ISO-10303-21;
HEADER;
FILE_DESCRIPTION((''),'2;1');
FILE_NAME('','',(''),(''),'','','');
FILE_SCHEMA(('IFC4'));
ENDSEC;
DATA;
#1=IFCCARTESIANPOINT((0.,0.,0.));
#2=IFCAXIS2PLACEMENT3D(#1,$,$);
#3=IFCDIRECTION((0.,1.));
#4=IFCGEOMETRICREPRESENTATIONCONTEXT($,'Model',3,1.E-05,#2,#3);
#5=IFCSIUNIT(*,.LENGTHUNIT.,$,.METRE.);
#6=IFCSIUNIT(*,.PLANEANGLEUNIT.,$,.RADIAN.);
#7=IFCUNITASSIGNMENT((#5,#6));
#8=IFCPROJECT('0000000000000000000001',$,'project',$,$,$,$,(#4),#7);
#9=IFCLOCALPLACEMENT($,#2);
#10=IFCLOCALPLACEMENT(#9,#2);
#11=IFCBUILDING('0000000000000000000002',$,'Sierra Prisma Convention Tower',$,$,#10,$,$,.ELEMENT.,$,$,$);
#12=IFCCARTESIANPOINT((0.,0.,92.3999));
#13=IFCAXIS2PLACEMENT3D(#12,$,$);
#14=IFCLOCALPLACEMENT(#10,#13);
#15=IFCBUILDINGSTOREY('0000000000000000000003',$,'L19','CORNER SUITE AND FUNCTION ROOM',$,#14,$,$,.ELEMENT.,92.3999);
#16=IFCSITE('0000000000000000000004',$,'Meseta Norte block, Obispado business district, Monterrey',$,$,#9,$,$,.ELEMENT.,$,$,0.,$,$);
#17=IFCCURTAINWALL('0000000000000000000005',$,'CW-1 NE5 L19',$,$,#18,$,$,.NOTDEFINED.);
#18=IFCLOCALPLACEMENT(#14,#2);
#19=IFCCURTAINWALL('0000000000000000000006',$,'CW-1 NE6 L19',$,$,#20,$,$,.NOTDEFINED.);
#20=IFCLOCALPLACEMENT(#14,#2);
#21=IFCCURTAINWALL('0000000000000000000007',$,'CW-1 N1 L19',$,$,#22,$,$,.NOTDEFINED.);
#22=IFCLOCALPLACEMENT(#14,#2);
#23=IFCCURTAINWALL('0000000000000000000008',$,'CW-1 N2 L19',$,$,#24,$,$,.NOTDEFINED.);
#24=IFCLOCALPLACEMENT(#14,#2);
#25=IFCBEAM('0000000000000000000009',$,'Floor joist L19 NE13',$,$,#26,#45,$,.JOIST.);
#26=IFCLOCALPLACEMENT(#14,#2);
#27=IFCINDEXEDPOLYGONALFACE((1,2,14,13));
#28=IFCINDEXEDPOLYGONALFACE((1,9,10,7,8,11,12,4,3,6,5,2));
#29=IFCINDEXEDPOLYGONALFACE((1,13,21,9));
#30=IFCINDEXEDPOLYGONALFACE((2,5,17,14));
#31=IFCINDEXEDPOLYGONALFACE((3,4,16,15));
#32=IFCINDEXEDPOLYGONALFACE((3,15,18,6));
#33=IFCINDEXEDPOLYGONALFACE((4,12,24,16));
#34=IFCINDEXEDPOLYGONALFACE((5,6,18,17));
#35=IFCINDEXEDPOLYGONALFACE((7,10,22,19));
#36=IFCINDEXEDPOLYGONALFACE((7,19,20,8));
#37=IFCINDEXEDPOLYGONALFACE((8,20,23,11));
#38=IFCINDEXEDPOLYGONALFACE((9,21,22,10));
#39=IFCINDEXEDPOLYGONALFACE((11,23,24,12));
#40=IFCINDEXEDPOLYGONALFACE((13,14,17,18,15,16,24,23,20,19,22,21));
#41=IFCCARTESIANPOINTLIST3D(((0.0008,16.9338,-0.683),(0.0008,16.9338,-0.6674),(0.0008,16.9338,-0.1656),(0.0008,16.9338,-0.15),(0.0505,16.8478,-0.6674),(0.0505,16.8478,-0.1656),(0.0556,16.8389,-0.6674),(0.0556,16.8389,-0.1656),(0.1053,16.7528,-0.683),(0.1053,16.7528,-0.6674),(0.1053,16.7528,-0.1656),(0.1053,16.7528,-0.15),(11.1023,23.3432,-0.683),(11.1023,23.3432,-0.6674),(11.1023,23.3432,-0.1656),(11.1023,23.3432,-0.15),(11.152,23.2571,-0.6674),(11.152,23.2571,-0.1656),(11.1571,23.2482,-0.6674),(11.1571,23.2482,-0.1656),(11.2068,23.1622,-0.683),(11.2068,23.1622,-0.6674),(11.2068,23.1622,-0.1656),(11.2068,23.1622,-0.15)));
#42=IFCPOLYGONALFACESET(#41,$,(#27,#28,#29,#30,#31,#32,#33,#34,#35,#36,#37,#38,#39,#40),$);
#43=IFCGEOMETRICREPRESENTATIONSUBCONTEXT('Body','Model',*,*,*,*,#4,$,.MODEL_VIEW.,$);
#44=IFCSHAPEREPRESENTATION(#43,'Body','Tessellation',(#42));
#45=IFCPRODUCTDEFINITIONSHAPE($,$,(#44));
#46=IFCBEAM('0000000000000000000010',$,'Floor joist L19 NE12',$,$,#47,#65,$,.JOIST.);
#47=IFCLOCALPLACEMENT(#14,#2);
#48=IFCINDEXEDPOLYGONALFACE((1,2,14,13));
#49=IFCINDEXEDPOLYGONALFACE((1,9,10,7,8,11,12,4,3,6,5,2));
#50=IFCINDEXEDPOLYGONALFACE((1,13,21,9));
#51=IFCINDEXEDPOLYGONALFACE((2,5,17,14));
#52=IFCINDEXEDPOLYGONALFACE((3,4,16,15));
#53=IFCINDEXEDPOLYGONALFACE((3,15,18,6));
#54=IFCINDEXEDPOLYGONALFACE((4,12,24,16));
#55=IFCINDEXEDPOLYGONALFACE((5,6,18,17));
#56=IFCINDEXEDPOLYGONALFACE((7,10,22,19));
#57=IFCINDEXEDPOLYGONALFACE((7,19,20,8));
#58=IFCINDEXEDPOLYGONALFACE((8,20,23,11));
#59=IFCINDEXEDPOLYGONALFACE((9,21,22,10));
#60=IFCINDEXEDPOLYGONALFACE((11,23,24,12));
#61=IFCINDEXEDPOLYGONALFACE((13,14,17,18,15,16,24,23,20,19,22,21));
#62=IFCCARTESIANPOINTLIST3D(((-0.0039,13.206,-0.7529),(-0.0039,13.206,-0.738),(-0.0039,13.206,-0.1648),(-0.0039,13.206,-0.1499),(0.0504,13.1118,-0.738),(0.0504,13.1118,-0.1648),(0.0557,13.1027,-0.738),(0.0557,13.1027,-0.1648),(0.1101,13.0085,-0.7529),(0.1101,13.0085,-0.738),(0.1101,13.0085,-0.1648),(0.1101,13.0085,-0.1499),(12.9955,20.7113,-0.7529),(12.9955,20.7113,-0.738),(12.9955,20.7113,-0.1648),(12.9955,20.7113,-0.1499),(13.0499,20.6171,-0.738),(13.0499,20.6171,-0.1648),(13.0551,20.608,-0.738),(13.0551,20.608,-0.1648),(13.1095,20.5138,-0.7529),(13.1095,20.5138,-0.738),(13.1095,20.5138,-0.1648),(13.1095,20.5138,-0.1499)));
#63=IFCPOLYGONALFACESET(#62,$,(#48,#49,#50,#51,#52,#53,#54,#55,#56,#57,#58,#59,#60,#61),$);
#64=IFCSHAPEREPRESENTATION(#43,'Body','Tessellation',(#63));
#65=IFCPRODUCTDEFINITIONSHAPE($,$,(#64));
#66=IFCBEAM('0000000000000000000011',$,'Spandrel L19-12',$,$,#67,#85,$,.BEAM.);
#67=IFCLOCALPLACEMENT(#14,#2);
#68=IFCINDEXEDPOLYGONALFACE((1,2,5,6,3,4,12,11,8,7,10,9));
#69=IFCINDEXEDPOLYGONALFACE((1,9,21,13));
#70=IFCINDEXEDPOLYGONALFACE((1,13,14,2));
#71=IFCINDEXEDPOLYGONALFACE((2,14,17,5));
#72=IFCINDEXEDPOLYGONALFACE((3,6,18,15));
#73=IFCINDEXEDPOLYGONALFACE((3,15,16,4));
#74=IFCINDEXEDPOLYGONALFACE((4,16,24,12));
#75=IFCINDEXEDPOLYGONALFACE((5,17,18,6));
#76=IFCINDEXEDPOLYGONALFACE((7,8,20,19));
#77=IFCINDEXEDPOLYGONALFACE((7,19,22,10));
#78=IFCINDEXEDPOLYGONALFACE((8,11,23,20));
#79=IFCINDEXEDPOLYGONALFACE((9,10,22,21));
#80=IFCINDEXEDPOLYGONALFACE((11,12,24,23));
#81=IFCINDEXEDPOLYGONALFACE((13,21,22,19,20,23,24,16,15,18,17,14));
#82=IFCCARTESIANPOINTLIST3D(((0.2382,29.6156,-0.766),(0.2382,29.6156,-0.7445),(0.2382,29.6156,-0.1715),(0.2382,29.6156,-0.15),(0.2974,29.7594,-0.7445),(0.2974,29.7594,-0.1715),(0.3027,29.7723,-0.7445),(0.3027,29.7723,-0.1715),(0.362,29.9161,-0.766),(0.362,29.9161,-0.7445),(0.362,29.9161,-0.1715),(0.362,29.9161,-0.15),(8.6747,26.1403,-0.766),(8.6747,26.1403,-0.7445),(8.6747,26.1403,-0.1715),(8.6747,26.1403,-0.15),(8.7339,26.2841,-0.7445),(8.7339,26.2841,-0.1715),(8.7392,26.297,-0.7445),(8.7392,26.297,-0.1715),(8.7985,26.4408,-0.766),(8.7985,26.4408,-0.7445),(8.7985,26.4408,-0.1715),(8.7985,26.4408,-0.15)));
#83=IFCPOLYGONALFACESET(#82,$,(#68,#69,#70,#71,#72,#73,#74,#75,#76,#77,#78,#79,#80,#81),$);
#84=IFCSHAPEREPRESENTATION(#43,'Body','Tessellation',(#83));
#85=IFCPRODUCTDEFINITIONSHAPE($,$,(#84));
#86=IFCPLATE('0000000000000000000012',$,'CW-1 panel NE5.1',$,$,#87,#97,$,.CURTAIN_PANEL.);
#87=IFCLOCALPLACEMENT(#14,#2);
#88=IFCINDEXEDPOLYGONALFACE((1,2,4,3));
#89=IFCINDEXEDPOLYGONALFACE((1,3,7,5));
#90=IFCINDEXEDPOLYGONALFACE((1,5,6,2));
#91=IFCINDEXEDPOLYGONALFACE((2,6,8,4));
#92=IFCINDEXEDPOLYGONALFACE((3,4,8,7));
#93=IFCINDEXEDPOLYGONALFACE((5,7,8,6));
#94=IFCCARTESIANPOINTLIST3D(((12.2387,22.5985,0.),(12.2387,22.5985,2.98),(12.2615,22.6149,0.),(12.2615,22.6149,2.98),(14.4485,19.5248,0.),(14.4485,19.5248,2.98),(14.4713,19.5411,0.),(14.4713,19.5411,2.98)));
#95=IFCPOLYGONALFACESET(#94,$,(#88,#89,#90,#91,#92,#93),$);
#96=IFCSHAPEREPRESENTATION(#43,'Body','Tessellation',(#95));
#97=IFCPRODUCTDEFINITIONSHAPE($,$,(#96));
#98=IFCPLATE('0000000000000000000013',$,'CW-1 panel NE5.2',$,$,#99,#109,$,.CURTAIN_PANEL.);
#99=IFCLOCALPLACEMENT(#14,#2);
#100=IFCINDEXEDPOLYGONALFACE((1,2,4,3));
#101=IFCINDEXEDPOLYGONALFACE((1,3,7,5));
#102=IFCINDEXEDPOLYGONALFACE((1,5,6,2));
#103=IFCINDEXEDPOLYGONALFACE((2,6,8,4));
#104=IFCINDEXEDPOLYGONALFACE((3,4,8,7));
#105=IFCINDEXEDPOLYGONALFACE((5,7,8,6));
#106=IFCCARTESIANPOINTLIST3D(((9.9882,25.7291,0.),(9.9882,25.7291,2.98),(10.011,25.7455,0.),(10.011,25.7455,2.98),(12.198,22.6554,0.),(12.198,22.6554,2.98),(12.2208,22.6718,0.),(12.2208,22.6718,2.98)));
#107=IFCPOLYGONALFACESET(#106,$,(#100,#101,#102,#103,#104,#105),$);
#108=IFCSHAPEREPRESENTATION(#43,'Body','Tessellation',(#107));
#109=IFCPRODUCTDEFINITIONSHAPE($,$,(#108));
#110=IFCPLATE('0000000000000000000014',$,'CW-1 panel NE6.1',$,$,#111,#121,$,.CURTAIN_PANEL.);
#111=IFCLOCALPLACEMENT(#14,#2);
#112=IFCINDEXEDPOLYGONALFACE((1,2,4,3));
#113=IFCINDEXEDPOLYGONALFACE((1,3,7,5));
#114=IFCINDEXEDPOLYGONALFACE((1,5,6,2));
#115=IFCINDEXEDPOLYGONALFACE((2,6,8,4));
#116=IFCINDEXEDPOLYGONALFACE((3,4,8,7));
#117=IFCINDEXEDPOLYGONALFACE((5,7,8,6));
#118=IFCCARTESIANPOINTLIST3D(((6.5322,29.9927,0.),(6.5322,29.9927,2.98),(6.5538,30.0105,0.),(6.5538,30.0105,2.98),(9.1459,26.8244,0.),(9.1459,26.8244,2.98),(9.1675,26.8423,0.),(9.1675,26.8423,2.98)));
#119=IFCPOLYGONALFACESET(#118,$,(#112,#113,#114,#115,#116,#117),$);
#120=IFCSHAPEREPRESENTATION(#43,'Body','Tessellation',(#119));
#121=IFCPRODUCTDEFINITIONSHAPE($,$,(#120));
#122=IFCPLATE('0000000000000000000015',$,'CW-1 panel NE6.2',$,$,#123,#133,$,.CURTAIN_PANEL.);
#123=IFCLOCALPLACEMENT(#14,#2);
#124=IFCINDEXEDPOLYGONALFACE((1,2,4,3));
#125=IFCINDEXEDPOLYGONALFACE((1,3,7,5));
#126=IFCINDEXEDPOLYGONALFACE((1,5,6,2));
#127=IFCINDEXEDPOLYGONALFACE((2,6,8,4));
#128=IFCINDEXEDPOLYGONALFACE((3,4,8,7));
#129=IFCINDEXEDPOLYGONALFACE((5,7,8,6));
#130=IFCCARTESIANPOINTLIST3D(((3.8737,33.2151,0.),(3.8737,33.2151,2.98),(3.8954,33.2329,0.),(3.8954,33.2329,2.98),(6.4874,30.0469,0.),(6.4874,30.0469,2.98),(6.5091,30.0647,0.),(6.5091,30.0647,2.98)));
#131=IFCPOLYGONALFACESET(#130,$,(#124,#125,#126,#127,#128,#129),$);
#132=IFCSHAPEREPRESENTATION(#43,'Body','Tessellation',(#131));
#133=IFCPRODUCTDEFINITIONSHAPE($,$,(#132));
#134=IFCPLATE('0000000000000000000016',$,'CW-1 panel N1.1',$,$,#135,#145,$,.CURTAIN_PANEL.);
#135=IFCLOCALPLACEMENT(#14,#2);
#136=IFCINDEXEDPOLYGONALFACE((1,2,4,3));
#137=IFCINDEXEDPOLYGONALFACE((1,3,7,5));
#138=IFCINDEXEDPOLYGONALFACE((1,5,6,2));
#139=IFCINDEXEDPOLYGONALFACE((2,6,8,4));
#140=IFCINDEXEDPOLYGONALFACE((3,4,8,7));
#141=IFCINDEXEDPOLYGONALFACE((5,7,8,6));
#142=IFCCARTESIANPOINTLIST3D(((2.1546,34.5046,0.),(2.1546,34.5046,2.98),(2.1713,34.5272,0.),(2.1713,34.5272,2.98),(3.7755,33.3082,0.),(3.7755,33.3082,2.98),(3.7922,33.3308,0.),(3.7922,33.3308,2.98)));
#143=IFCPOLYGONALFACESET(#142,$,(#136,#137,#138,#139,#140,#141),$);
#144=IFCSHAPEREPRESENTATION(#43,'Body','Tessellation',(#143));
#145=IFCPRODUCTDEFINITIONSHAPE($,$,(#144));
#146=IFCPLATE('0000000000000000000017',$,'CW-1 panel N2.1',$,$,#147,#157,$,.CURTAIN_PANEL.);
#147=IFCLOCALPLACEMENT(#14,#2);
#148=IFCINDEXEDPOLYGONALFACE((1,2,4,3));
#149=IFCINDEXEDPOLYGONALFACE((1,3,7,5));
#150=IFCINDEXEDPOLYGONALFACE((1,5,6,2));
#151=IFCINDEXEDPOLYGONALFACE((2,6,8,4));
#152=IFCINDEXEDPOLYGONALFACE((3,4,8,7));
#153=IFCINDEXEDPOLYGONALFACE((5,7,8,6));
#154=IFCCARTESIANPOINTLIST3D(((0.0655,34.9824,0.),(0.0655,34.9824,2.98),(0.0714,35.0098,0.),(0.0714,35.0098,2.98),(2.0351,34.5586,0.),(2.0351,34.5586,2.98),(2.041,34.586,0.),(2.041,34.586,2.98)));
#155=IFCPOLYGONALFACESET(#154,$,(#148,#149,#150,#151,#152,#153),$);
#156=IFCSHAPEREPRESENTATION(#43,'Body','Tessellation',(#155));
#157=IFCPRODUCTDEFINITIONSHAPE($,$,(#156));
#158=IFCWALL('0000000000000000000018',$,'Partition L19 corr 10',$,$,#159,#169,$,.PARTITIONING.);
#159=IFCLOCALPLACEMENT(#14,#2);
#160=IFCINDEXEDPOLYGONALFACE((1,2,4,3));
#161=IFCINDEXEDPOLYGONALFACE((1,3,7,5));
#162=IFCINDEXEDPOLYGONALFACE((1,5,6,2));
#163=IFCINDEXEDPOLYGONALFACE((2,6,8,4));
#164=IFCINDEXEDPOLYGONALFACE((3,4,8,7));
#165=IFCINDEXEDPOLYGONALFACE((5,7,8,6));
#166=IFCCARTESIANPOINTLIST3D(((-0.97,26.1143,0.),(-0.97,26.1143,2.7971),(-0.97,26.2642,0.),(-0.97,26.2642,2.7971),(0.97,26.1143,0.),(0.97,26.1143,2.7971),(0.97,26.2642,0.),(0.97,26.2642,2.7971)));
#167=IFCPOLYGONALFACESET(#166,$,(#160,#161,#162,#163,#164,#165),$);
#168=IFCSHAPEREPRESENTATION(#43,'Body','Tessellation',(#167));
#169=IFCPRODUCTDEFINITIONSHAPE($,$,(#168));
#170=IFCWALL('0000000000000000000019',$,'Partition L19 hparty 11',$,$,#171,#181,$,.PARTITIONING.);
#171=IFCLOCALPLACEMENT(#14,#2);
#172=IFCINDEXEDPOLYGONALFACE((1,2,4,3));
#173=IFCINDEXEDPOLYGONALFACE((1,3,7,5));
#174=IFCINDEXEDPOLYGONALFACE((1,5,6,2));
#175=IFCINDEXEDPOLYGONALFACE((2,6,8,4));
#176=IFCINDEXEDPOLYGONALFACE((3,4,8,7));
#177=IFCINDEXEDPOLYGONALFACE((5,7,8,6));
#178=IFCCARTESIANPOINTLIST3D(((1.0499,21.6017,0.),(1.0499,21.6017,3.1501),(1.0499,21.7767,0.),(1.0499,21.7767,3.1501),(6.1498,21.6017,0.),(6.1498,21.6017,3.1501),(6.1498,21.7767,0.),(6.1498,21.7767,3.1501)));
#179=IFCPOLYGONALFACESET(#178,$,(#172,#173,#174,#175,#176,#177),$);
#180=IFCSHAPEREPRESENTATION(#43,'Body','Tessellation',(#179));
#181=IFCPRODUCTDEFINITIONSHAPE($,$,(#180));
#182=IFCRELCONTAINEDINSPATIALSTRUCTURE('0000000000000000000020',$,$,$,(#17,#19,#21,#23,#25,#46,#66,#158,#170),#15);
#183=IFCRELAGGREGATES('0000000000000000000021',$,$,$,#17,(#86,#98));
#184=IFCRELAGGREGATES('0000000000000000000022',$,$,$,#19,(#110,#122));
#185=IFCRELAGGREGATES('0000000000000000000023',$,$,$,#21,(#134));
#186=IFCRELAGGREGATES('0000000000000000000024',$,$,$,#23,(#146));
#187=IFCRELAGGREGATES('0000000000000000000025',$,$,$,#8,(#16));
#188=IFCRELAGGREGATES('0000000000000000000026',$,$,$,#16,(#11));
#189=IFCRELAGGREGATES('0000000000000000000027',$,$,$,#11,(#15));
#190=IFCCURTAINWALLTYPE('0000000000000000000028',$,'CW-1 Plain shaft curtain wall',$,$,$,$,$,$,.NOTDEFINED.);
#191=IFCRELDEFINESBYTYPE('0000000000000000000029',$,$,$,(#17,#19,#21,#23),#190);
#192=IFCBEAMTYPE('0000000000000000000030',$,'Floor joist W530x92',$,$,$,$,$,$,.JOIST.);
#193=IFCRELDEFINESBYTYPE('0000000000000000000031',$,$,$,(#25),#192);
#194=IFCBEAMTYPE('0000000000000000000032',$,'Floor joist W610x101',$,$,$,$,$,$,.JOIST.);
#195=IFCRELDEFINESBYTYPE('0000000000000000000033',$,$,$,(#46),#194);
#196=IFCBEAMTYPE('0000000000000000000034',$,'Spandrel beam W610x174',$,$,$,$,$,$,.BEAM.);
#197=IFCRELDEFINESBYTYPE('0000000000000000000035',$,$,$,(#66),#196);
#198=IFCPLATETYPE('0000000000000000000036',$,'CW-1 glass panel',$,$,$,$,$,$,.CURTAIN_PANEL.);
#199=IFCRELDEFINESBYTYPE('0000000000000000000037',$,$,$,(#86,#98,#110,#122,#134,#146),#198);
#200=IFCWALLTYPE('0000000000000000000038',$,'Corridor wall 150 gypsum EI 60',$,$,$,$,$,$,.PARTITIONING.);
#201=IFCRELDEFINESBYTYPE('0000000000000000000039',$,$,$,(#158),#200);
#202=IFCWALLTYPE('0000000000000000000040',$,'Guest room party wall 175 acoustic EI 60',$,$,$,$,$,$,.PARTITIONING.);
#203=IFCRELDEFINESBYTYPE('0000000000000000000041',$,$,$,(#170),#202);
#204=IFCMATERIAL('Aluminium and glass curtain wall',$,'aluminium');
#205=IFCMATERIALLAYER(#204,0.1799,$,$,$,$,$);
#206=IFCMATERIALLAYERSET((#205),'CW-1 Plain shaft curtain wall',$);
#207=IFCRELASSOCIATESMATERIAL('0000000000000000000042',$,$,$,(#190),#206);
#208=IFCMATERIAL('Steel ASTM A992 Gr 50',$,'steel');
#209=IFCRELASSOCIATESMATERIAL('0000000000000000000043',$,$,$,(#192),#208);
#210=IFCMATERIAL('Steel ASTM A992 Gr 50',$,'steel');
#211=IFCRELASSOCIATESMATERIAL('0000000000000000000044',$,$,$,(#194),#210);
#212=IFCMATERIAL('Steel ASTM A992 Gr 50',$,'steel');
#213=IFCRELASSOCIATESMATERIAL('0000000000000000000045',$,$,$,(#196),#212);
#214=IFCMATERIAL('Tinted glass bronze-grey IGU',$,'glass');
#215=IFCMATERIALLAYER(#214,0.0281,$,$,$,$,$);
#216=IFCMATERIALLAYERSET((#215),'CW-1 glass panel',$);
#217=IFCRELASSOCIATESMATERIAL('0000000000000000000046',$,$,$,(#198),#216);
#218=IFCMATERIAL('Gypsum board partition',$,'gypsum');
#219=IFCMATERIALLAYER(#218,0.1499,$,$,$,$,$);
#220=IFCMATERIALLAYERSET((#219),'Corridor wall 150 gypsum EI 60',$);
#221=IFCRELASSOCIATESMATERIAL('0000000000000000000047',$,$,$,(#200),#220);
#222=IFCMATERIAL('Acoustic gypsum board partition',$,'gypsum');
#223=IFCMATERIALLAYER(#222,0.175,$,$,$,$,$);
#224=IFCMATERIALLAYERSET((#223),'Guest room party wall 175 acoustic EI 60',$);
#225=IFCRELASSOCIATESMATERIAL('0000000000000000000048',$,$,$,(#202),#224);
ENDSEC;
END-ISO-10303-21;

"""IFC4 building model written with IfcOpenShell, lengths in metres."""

from ifc_helpers import new_model, si_unit, direction, frame, frame_2d, origin, origin_2d, place, context, subcontext, project, spatial, rectangle, i_section, extrude, material, layer, layer_set, material_profile, profile_set, type_object, element, aggregate, save


model = new_model("IFC4")

# Units and contexts
model_context = context("Model", 3, precision=1e-05, world=origin(), true_north=direction((0.0, 1.0)))
body_context = subcontext(model_context, "Body", "Model", "MODEL_VIEW")
ifc_project = project(units=[si_unit("LENGTHUNIT", "METRE"), si_unit("PLANEANGLEUNIT", "RADIAN")], contexts=[model_context])

# Site, building, storey
site_placement = place(None, origin())
site = spatial("IfcSite", under=ifc_project, at=site_placement, Name="Meseta Norte block, Obispado business district, Monterrey", CompositionType="ELEMENT", RefElevation=0.0)
building_placement = place(site_placement, origin())
building = spatial("IfcBuilding", under=site, at=building_placement, Name="Sierra Prisma Convention Tower", CompositionType="ELEMENT")
storey_placement = place(building_placement, frame((0.0, 0.0, 92.3999)))
storey = spatial("IfcBuildingStorey", under=building, at=storey_placement, Name="L19", Description="CORNER SUITE AND FUNCTION ROOM", CompositionType="ELEMENT", Elevation=92.3999)

# Curtain wall
ifc_material_1 = material(Name="Aluminium and glass curtain wall", Category="aluminium")
ifc_layer_1 = layer(ifc_material_1, 0.1799)
ifc_layer_set_1 = layer_set([ifc_layer_1], Name="CW-1 Plain shaft curtain wall")
curtain_wall_type = type_object("IfcCurtainWallType", Name="CW-1 Plain shaft curtain wall", PredefinedType="NOTDEFINED", material=ifc_layer_set_1)
curtain_wall_1_placement = place(storey_placement, origin())
curtain_wall_1 = element("IfcCurtainWall", 1, at=curtain_wall_1_placement, inside=storey, type_object=curtain_wall_type, Name="CW-1 NE5 L19", PredefinedType="NOTDEFINED")

# Curtain walls
curtain_wall_2_placement = place(storey_placement, origin())
curtain_wall_2 = element("IfcCurtainWall", 2, at=curtain_wall_2_placement, inside=storey, type_object=curtain_wall_type, Name="CW-1 NE6 L19", PredefinedType="NOTDEFINED")
curtain_wall_3_placement = place(storey_placement, origin())
curtain_wall_3 = element("IfcCurtainWall", 3, at=curtain_wall_3_placement, inside=storey, type_object=curtain_wall_type, Name="CW-1 N1 L19", PredefinedType="NOTDEFINED")
curtain_wall_4_placement = place(storey_placement, origin())
curtain_wall_4 = element("IfcCurtainWall", 4, at=curtain_wall_4_placement, inside=storey, type_object=curtain_wall_type, Name="CW-1 N2 L19", PredefinedType="NOTDEFINED")

# Beams
ifc_material_2 = material(Name="Steel ASTM A992 Gr 50", Category="steel")
ifc_material_profile_1 = material_profile(ifc_material_2, i_section(OverallWidth=0.209, OverallDepth=0.533, WebThickness=0.0103, FlangeThickness=0.0156, at=origin_2d()), Name="W530x92")
ifc_profile_set_1 = profile_set([ifc_material_profile_1], Name="Steel ASTM A992 Gr 50")
beam_type_1 = type_object("IfcBeamType", Name="Floor joist W530x92", PredefinedType="JOIST", material=ifc_profile_set_1)
beam_1_placement = place(storey_placement, frame((11.1545, 23.2527, -0.4165), z_axis=(-0.866028, -0.499996, 0.0), x_axis=(0.499996, -0.866028, 0.0)))
element("IfcBeam", 5, at=beam_1_placement, inside=storey, type_object=beam_type_1, Name="Floor joist L19 NE13", PredefinedType="JOIST", context=body_context, shape_type="SweptSolid", body=[
    extrude(i_section(OverallWidth=0.209, OverallDepth=0.533, WebThickness=0.0103, FlangeThickness=0.0156, at=origin_2d()), origin(), (0.0, 0.0, 1.0), 12.8188),
])
ifc_material_3 = material(Name="Steel ASTM A992 Gr 50", Category="steel")
ifc_material_profile_2 = material_profile(ifc_material_3, i_section(OverallWidth=0.228, OverallDepth=0.603, WebThickness=0.0105, FlangeThickness=0.0149, at=origin_2d()), Name="W610x101")
ifc_profile_set_2 = profile_set([ifc_material_profile_2], Name="Steel ASTM A992 Gr 50")
beam_type_2 = type_object("IfcBeamType", Name="Floor joist W610x101", PredefinedType="JOIST", material=ifc_profile_set_2)
beam_2_placement = place(storey_placement, frame((13.0525, 20.6125, -0.4514), z_axis=(-0.866023, -0.500005, 0.0), x_axis=(0.500005, -0.866023, 0.0)))
element("IfcBeam", 6, at=beam_2_placement, inside=storey, type_object=beam_type_2, Name="Floor joist L19 NE12", PredefinedType="JOIST", context=body_context, shape_type="SweptSolid", body=[
    extrude(i_section(OverallWidth=0.228, OverallDepth=0.603, WebThickness=0.0105, FlangeThickness=0.0149, at=origin_2d()), origin(), (0.0, 0.0, 1.0), 15.0105),
])
ifc_material_4 = material(Name="Steel ASTM A992 Gr 50", Category="steel")
ifc_material_profile_3 = material_profile(ifc_material_4, i_section(OverallWidth=0.325, OverallDepth=0.616, WebThickness=0.0139, FlangeThickness=0.0215, at=origin_2d()), Name="W610x174")
ifc_profile_set_3 = profile_set([ifc_material_profile_3], Name="Steel ASTM A992 Gr 50")
beam_type_3 = type_object("IfcBeamType", Name="Spandrel beam W610x174", PredefinedType="BEAM", material=ifc_profile_set_3)
beam_3_placement = place(storey_placement, frame((8.7366, 26.2905, -0.458), z_axis=(-0.924621, 0.380888, 0.0), x_axis=(-0.380888, -0.924621, 0.0)))
element("IfcBeam", 7, at=beam_3_placement, inside=storey, type_object=beam_type_3, Name="Spandrel L19-12", PredefinedType="BEAM", context=body_context, shape_type="SweptSolid", body=[
    extrude(i_section(OverallWidth=0.325, OverallDepth=0.616, WebThickness=0.0139, FlangeThickness=0.0215, at=origin_2d()), origin(), (0.0, 0.0, 1.0), 9.1243),
])

# Plates
ifc_material_5 = material(Name="Tinted glass bronze-grey IGU", Category="glass")
ifc_layer_2 = layer(ifc_material_5, 0.0281)
ifc_layer_set_2 = layer_set([ifc_layer_2], Name="CW-1 glass panel")
plate_type = type_object("IfcPlateType", Name="CW-1 glass panel", PredefinedType="CURTAIN_PANEL", material=ifc_layer_set_2)
plate_1_placement = place(storey_placement, frame((13.355, 21.0698, 0.0), z_axis=(0.0, 0.0, 1.0), x_axis=(-0.583726, 0.811951, 0.0)))
plate_1 = element("IfcPlate", 8, at=plate_1_placement, type_object=plate_type, Name="CW-1 panel NE5.1", PredefinedType="CURTAIN_PANEL", context=body_context, shape_type="SweptSolid", body=[
    extrude(rectangle(XDim=3.7856, YDim=0.0281, at=origin_2d()), origin(), (0.0, 0.0, 1.0), 2.98),
])
plate_2_placement = place(storey_placement, frame((11.1045, 24.2004, 0.0), z_axis=(0.0, 0.0, 1.0), x_axis=(-0.583726, 0.811951, 0.0)))
plate_2 = element("IfcPlate", 9, at=plate_2_placement, type_object=plate_type, Name="CW-1 panel NE5.2", PredefinedType="CURTAIN_PANEL", context=body_context, shape_type="SweptSolid", body=[
    extrude(rectangle(XDim=3.7856, YDim=0.0281, at=origin_2d()), origin(), (0.0, 0.0, 1.0), 2.98),
])
aggregate(curtain_wall_1, [plate_1, plate_2])
plate_3_placement = place(storey_placement, frame((7.8499, 28.4175, 0.0), z_axis=(0.0, 0.0, 1.0), x_axis=(-0.636371, 0.771383, 0.0)))
plate_3 = element("IfcPlate", 10, at=plate_3_placement, type_object=plate_type, Name="CW-1 panel NE6.1", PredefinedType="CURTAIN_PANEL", context=body_context, shape_type="SweptSolid", body=[
    extrude(rectangle(XDim=4.1072, YDim=0.0281, at=origin_2d()), origin(), (0.0, 0.0, 1.0), 2.98),
])
plate_4_placement = place(storey_placement, frame((5.1914, 31.6399, 0.0), z_axis=(0.0, 0.0, 1.0), x_axis=(-0.636371, 0.771383, 0.0)))
plate_4 = element("IfcPlate", 11, at=plate_4_placement, type_object=plate_type, Name="CW-1 panel NE6.2", PredefinedType="CURTAIN_PANEL", context=body_context, shape_type="SweptSolid", body=[
    extrude(rectangle(XDim=4.1072, YDim=0.0281, at=origin_2d()), origin(), (0.0, 0.0, 1.0), 2.98),
])
aggregate(curtain_wall_2, [plate_3, plate_4])
plate_5_placement = place(storey_placement, frame((2.9734, 33.9177, 0.0), z_axis=(0.0, 0.0, 1.0), x_axis=(-0.804579, 0.593846, 0.0)))
plate_5 = element("IfcPlate", 12, at=plate_5_placement, type_object=plate_type, Name="CW-1 panel N1.1", PredefinedType="CURTAIN_PANEL", context=body_context, shape_type="SweptSolid", body=[
    extrude(rectangle(XDim=2.0146, YDim=0.0281, at=origin_2d()), origin(), (0.0, 0.0, 1.0), 2.98),
])
aggregate(curtain_wall_3, [plate_5])
plate_6_placement = place(storey_placement, frame((1.0532, 34.7842, 0.0), z_axis=(0.0, 0.0, 1.0), x_axis=(-0.977624, 0.21036, 0.0)))
plate_6 = element("IfcPlate", 13, at=plate_6_placement, type_object=plate_type, Name="CW-1 panel N2.1", PredefinedType="CURTAIN_PANEL", context=body_context, shape_type="SweptSolid", body=[
    extrude(rectangle(XDim=2.0146, YDim=0.0281, at=origin_2d()), origin(), (0.0, 0.0, 1.0), 2.98),
])
aggregate(curtain_wall_4, [plate_6])

# Walls
ifc_material_6 = material(Name="Gypsum board partition", Category="gypsum")
ifc_layer_3 = layer(ifc_material_6, 0.1499)
ifc_layer_set_3 = layer_set([ifc_layer_3], Name="Corridor wall 150 gypsum EI 60")
wall_type_1 = type_object("IfcWallType", Name="Corridor wall 150 gypsum EI 60", PredefinedType="PARTITIONING", material=ifc_layer_set_3)
wall_1_placement = place(storey_placement, frame((0.97, 26.1892, 0.0), z_axis=(0.0, 0.0, 1.0), x_axis=(-1.0, 0.0, 0.0)))
element("IfcWall", 14, at=wall_1_placement, inside=storey, type_object=wall_type_1, Name="Partition L19 corr 10", PredefinedType="PARTITIONING", context=body_context, shape_type="SweptSolid", body=[
    extrude(rectangle(XDim=1.9399, YDim=0.1499, at=frame_2d((0.97, 0.0))), origin(), (0.0, 0.0, 1.0), 2.7971),
])
ifc_material_7 = material(Name="Acoustic gypsum board partition", Category="gypsum")
ifc_layer_4 = layer(ifc_material_7, 0.175)
ifc_layer_set_4 = layer_set([ifc_layer_4], Name="Guest room party wall 175 acoustic EI 60")
wall_type_2 = type_object("IfcWallType", Name="Guest room party wall 175 acoustic EI 60", PredefinedType="PARTITIONING", material=ifc_layer_set_4)
wall_2_placement = place(storey_placement, frame((1.05, 21.6892, 0.0), z_axis=(0.0, 0.0, 1.0), x_axis=(1.0, 0.0, 0.0)))
element("IfcWall", 15, at=wall_2_placement, inside=storey, type_object=wall_type_2, Name="Partition L19 hparty 11", PredefinedType="PARTITIONING", context=body_context, shape_type="SweptSolid", body=[
    extrude(rectangle(XDim=5.0999, YDim=0.175, at=frame_2d((2.5498, 0.0))), origin(), (0.0, 0.0, 1.0), 3.1501),
])

save(model, "model.ifc")
